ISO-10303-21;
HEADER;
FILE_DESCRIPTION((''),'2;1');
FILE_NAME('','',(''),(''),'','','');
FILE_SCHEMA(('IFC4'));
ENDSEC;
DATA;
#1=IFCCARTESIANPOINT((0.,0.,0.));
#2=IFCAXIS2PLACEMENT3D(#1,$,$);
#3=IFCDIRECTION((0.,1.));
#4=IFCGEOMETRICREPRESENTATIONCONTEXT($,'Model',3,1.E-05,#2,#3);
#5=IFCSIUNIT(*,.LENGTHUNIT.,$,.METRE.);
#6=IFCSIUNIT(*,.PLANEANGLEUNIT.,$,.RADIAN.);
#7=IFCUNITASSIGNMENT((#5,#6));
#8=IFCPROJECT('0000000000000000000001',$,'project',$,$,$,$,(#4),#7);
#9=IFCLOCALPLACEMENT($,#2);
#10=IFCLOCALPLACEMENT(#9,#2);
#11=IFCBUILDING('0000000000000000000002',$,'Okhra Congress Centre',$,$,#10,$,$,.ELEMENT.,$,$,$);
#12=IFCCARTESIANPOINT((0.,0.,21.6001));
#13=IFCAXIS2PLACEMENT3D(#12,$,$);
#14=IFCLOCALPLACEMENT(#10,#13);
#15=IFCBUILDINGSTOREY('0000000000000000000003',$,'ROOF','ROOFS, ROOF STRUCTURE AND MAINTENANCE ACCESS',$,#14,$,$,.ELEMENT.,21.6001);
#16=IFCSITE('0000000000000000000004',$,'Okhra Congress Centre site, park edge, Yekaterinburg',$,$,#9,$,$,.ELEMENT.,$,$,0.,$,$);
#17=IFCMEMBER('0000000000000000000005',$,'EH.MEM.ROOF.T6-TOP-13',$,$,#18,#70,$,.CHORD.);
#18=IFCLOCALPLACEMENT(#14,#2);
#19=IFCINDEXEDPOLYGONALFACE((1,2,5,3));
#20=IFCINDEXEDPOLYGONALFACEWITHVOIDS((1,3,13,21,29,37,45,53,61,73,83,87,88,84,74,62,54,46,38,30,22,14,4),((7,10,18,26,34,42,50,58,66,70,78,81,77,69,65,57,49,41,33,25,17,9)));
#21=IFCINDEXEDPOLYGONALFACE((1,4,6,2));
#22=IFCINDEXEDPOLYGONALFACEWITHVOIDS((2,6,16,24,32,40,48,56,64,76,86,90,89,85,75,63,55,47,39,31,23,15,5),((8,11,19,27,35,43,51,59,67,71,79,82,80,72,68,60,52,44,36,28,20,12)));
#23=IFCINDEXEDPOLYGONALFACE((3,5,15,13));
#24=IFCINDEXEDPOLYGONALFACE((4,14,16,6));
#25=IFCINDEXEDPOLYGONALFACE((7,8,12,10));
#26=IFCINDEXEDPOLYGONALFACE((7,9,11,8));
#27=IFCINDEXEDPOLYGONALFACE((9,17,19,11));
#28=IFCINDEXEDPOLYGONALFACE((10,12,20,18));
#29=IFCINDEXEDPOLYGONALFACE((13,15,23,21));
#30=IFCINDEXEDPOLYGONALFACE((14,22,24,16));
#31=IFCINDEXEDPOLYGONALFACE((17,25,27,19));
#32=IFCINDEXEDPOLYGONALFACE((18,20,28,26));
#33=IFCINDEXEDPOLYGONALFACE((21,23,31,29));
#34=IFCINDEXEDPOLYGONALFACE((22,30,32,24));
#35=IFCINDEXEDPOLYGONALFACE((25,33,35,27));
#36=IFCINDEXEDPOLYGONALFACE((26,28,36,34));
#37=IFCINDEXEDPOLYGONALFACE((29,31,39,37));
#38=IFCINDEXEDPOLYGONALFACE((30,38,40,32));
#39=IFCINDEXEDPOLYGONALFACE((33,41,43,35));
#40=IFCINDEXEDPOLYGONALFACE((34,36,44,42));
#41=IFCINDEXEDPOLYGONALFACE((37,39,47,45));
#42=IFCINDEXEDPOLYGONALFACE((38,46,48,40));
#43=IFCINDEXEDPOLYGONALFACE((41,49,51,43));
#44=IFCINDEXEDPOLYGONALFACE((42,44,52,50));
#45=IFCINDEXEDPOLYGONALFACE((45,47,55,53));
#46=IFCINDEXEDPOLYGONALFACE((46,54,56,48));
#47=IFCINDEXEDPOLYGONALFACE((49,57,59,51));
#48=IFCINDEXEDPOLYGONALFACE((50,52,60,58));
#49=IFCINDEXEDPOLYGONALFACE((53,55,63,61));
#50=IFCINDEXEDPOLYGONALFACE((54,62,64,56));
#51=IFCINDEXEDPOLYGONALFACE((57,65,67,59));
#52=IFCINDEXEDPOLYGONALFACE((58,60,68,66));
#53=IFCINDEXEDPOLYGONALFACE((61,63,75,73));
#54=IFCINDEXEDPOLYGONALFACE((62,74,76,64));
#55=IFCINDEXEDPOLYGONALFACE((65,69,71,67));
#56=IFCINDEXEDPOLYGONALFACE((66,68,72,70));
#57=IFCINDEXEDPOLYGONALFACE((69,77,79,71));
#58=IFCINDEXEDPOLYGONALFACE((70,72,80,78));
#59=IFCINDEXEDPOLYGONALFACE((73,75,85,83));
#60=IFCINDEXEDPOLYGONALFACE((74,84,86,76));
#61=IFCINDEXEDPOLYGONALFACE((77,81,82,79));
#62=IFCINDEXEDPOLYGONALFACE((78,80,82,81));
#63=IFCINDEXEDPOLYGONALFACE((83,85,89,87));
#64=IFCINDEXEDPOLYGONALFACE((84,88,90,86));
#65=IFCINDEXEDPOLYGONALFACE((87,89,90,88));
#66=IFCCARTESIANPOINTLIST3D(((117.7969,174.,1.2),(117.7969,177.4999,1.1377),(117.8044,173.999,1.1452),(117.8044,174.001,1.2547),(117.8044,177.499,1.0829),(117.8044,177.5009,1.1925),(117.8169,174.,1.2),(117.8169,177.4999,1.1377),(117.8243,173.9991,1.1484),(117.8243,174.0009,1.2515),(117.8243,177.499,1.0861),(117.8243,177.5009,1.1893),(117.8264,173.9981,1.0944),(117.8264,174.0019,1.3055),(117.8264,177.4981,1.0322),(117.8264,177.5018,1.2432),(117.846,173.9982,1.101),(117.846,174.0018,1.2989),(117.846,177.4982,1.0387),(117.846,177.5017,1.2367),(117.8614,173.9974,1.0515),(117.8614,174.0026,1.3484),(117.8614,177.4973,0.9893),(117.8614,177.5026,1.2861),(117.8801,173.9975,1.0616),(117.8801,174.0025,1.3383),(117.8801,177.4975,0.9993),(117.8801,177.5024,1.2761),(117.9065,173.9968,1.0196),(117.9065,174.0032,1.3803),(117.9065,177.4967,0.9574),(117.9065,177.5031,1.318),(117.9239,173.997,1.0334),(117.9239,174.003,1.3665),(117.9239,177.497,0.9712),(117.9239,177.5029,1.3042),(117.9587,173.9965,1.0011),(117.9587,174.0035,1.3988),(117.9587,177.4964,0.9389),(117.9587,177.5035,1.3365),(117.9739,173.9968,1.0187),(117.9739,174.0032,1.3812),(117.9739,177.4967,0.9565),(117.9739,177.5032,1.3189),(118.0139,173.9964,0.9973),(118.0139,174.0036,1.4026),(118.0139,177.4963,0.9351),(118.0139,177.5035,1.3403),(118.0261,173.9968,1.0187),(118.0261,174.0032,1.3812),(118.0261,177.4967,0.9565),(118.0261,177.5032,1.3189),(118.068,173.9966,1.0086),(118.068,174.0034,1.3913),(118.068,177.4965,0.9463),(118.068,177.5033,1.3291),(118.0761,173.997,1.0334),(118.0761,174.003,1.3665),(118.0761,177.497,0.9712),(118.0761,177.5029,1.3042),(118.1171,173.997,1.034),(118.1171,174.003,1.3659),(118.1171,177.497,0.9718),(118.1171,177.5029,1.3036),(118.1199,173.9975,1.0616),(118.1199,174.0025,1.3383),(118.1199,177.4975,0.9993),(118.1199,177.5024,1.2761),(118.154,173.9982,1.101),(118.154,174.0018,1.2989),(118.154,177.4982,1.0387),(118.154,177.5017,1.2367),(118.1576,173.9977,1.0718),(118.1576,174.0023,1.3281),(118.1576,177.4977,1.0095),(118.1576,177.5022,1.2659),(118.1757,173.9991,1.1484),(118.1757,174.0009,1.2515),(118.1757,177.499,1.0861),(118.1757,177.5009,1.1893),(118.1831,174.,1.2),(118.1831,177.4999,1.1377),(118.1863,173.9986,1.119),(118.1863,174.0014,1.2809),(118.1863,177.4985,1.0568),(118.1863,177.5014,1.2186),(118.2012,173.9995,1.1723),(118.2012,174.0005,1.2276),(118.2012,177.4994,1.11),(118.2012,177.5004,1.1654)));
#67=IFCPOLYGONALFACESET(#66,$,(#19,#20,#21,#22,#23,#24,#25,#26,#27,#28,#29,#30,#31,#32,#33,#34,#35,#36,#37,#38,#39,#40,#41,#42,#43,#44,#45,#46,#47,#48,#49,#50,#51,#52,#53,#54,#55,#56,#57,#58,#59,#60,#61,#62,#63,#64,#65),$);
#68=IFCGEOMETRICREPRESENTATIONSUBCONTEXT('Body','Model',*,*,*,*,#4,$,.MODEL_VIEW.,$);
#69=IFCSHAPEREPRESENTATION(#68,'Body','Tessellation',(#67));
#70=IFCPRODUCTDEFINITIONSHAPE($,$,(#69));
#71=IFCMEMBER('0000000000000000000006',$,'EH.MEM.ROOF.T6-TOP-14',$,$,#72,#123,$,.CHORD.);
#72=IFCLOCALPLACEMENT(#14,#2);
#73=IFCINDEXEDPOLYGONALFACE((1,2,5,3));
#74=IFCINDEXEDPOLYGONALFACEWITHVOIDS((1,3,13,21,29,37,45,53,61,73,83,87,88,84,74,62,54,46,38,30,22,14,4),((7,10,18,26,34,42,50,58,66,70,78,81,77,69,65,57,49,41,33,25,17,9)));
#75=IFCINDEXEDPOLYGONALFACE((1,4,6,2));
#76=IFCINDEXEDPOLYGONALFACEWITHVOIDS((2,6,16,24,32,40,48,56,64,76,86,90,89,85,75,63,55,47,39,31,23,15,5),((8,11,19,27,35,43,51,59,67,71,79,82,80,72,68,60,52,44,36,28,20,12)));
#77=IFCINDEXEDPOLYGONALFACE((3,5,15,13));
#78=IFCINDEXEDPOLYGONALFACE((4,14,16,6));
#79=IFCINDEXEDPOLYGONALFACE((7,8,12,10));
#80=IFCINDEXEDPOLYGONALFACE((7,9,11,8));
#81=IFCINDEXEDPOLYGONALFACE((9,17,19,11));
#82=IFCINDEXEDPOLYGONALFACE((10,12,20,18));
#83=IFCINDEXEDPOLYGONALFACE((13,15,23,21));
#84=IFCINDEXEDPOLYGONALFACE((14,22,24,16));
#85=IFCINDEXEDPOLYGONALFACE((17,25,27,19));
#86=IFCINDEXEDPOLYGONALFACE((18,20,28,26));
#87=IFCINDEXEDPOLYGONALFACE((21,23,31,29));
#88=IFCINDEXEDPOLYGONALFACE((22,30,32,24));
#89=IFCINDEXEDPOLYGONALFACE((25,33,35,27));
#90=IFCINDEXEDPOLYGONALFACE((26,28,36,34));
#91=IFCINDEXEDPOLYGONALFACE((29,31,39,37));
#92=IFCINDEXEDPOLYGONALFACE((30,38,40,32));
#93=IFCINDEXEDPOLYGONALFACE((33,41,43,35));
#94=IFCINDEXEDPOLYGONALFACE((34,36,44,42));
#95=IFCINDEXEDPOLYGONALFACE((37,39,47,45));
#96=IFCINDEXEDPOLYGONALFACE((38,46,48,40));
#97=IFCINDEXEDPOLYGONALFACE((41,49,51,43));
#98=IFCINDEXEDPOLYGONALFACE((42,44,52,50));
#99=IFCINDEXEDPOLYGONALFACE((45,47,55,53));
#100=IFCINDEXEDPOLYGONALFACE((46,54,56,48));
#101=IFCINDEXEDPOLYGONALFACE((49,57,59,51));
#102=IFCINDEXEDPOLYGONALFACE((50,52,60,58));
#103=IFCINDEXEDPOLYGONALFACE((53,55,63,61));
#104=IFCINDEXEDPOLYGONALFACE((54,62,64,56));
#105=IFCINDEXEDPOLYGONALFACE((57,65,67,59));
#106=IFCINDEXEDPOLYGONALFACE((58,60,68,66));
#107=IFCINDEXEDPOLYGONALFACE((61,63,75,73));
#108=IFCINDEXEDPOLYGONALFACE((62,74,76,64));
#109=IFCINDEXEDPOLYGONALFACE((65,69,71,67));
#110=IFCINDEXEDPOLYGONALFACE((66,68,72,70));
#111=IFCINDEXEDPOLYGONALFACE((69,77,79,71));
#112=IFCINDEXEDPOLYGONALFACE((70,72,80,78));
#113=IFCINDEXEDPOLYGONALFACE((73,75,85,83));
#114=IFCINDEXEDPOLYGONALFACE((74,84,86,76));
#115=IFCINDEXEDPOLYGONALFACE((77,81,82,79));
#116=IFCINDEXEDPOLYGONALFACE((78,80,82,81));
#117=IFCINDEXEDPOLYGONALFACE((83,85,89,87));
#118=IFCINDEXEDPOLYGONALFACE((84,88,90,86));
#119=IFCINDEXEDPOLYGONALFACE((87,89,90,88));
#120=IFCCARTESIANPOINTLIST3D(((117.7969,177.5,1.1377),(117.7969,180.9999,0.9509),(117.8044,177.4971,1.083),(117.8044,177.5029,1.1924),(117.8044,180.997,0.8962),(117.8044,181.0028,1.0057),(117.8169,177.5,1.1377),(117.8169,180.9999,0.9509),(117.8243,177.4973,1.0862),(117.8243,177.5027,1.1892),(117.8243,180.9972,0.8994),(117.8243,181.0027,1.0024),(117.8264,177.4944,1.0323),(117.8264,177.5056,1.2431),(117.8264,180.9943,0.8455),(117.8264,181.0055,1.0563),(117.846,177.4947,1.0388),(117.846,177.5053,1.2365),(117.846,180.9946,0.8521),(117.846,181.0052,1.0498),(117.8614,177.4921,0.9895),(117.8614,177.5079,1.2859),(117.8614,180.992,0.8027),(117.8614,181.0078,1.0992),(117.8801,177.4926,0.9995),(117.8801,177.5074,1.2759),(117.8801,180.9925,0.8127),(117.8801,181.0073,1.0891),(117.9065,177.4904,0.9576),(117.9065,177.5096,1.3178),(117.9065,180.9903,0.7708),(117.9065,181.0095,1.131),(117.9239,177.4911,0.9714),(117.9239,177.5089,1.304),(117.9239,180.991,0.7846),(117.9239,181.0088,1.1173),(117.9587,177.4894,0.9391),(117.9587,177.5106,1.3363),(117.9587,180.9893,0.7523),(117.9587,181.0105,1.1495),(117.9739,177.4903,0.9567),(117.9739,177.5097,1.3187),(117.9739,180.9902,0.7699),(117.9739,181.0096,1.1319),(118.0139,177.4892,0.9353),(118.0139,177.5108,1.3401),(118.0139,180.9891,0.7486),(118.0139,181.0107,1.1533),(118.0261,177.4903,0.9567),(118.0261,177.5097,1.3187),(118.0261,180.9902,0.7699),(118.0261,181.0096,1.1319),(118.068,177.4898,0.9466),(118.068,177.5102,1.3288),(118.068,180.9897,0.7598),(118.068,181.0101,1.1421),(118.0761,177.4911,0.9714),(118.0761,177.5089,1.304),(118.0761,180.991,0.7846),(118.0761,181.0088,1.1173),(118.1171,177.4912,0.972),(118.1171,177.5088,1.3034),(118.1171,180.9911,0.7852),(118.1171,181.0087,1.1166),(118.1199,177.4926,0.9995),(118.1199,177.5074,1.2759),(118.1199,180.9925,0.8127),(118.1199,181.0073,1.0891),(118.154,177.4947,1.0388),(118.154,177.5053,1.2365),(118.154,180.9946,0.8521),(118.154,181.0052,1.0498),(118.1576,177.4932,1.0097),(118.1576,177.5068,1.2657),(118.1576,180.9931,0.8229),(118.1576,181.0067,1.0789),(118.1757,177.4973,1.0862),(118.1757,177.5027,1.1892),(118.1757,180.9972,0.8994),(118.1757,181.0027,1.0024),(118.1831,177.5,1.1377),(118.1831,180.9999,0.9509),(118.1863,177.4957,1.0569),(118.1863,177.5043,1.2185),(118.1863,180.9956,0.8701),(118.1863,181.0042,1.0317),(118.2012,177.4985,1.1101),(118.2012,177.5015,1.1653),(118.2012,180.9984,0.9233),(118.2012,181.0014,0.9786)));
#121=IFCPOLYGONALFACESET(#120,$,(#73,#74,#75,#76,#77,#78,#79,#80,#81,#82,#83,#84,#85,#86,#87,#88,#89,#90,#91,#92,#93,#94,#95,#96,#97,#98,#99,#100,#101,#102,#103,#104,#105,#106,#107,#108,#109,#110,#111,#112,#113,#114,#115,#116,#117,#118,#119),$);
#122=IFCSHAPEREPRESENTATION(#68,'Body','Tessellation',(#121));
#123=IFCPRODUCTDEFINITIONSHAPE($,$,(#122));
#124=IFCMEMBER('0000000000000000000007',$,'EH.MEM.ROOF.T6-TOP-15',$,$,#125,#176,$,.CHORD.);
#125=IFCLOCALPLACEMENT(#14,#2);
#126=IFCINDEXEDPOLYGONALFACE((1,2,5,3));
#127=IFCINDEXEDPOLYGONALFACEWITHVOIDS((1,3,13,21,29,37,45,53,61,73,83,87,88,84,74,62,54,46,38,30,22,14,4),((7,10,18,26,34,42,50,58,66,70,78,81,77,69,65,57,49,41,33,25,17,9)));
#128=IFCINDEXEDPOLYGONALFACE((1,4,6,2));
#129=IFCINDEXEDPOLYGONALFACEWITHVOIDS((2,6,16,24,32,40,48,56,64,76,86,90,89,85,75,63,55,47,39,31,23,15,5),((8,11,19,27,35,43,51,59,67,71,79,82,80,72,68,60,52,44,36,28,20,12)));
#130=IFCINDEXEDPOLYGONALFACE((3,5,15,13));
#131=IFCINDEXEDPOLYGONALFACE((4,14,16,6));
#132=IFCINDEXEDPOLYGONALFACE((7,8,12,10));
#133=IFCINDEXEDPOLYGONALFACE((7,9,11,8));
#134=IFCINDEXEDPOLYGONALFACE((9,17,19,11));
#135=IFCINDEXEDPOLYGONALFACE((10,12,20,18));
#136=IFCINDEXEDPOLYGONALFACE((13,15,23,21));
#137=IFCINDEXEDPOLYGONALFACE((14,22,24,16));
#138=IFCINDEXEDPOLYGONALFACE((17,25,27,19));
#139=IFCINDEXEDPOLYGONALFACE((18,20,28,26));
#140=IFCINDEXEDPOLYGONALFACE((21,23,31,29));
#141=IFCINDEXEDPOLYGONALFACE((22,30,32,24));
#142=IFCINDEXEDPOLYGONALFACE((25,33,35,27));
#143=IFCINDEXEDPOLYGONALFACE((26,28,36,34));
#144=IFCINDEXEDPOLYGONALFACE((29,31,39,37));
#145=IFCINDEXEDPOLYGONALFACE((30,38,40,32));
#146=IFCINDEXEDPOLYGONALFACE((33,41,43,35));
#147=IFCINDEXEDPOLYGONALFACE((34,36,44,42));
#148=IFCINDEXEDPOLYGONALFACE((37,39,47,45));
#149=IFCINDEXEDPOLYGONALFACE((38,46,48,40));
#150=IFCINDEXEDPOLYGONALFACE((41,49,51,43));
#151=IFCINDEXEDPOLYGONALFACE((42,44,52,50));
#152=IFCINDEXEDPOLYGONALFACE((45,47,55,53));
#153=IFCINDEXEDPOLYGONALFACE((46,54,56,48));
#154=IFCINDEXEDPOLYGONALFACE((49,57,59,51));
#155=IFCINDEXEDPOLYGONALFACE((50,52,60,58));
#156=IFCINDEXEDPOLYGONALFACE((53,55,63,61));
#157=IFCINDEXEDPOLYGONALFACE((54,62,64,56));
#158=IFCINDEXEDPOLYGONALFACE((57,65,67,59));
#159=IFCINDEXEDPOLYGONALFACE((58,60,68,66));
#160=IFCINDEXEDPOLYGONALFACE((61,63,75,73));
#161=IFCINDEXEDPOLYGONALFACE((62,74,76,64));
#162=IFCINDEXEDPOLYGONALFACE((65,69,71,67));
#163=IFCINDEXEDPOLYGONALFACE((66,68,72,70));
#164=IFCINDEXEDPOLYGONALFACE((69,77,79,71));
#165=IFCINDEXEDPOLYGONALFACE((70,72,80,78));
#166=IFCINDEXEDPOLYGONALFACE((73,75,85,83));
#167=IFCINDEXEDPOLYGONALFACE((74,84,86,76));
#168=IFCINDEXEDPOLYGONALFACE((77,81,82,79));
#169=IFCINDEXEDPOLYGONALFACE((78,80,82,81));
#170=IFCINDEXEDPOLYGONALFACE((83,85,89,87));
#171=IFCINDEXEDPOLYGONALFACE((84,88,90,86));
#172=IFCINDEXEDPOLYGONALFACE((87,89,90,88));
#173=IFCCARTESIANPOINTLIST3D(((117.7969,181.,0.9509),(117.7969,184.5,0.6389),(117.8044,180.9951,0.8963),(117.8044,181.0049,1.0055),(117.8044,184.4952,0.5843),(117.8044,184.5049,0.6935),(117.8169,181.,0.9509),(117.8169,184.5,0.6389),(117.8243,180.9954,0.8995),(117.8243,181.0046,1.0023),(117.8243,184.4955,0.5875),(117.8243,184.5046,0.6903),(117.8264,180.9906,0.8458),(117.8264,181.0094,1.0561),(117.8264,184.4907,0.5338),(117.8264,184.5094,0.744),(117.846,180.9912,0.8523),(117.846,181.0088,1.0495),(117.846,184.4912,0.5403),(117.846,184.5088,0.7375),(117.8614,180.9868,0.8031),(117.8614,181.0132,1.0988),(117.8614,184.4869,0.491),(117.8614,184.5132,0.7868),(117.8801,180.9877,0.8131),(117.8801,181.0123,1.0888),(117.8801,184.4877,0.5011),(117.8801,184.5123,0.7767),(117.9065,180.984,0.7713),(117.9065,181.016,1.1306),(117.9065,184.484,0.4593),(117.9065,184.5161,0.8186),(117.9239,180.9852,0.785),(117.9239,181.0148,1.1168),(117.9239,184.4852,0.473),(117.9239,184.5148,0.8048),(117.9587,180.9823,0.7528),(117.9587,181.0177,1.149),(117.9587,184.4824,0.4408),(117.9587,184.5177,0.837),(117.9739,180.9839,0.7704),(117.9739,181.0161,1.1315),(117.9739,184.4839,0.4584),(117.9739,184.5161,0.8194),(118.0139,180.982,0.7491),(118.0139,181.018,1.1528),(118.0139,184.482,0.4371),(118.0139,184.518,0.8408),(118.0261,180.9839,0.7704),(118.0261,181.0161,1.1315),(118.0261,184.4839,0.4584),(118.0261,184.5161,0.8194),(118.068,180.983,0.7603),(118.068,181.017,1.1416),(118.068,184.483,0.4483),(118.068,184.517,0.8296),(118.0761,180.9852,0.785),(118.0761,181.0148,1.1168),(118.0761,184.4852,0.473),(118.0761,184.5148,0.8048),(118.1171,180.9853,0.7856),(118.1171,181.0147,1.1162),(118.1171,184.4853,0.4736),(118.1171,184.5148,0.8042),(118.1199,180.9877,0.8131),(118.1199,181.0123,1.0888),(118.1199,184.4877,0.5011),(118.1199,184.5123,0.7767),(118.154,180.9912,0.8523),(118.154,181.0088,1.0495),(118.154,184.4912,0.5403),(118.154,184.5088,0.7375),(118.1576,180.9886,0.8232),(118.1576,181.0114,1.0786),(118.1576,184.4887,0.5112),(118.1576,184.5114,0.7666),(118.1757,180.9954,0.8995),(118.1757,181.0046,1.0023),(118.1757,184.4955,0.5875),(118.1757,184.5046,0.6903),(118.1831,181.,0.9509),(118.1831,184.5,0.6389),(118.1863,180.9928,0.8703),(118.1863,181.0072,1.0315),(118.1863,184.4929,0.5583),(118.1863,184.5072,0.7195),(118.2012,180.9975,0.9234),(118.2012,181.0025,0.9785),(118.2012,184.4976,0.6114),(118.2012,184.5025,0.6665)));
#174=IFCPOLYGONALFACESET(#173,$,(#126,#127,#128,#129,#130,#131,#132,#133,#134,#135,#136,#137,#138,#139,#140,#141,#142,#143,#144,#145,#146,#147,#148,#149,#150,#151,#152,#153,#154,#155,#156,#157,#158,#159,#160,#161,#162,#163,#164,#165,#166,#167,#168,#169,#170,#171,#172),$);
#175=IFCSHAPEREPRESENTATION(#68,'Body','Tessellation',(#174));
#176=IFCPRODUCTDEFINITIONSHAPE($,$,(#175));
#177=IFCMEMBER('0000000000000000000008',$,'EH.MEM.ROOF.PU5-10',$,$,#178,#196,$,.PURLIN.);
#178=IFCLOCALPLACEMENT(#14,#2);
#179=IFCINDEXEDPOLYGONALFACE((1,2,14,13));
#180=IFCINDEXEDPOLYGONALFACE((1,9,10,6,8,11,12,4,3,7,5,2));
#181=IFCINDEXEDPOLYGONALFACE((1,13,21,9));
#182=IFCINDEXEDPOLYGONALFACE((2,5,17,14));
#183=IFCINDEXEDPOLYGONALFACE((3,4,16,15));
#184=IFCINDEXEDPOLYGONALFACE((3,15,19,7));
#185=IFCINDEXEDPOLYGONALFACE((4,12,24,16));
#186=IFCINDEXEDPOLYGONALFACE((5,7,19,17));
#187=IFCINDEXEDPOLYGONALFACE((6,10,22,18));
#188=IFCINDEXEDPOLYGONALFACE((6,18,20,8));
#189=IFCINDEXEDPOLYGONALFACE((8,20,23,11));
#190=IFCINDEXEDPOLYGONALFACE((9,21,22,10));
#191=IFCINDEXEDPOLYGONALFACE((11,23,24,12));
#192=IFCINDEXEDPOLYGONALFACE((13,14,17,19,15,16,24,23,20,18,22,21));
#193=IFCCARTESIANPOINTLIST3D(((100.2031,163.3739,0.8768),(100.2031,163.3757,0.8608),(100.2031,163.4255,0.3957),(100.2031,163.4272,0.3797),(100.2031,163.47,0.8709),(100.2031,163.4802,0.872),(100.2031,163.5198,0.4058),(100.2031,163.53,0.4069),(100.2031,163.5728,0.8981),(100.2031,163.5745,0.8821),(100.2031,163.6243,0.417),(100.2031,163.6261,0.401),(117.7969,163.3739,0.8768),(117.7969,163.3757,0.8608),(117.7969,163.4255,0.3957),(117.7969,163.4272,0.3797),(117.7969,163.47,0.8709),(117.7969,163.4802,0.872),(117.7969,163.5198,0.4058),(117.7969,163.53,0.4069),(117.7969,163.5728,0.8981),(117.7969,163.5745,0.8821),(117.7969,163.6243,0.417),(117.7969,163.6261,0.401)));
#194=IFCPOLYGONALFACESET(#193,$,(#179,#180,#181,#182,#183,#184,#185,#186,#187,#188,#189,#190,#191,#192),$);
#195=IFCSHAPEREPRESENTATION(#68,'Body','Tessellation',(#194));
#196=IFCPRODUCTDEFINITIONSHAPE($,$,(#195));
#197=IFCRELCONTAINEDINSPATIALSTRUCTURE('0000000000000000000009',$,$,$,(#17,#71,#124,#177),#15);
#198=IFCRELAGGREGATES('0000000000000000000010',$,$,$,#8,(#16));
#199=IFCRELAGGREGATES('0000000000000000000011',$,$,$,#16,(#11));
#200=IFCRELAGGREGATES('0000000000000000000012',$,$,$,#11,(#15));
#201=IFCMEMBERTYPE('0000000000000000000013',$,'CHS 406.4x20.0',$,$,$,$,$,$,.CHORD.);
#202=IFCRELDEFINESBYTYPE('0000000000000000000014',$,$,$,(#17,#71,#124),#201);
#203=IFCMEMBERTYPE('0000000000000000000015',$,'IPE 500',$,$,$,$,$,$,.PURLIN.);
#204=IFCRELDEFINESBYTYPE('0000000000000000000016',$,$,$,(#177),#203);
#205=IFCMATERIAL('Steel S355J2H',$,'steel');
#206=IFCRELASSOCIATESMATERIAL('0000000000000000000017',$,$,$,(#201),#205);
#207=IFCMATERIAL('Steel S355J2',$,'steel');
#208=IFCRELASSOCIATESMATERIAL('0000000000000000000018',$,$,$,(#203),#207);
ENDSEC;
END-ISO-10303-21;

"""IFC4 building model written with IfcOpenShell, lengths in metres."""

from ifc_helpers import new_model, si_unit, direction, frame, origin, origin_2d, place, context, subcontext, project, spatial, hollow_circle, i_section, extrude, material, material_profile, profile_set, type_object, element, save


model = new_model("IFC4")

# Units and contexts
model_context = context("Model", 3, precision=1e-05, world=origin(), true_north=direction((0.0, 1.0)))
body_context = subcontext(model_context, "Body", "Model", "MODEL_VIEW")
ifc_project = project(units=[si_unit("LENGTHUNIT", "METRE"), si_unit("PLANEANGLEUNIT", "RADIAN")], contexts=[model_context])

# Site, building, storey
site_placement = place(None, origin())
site = spatial("IfcSite", under=ifc_project, at=site_placement, Name="Okhra Congress Centre site, park edge, Yekaterinburg", CompositionType="ELEMENT", RefElevation=0.0)
building_placement = place(site_placement, origin())
building = spatial("IfcBuilding", under=site, at=building_placement, Name="Okhra Congress Centre", CompositionType="ELEMENT")
storey_placement = place(building_placement, frame((0.0, 0.0, 21.6001)))
storey = spatial("IfcBuildingStorey", under=building, at=storey_placement, Name="ROOF", Description="ROOFS, ROOF STRUCTURE AND MAINTENANCE ACCESS", CompositionType="ELEMENT", Elevation=21.6001)

# Members
ifc_material_1 = material(Name="Steel S355J2H", Category="steel")
ifc_material_profile_1 = material_profile(ifc_material_1, hollow_circle(Radius=0.2031, WallThickness=0.02, at=origin_2d()), Name="CHS 406.4x20.0")
ifc_profile_set_1 = profile_set([ifc_material_profile_1], Name="Steel S355J2H")
member_type_1 = type_object("IfcMemberType", Name="CHS 406.4x20.0", PredefinedType="CHORD", material=ifc_profile_set_1)
for number, where, z_axis, x_axis, name in (
    (1, (118.0, 174.0, 1.2), (0.0, 0.999842, -0.017785), (-1.0, 0.0, 0.0), "EH.MEM.ROOF.T6-TOP-13"),
):
    element("IfcMember", number, at=place(storey_placement, frame(where, z_axis=z_axis, x_axis=x_axis)), inside=storey, type_object=member_type_1, Name=name, PredefinedType="CHORD", context=body_context, shape_type="SweptSolid", body=[
        extrude(hollow_circle(Radius=0.2031, WallThickness=0.02, at=origin_2d()), origin(), (0.0, 0.0, 1.0), 3.5005),
    ])
member_1_placement = place(storey_placement, frame((118.0, 177.5, 1.1377), z_axis=(0.0, 0.998579, -0.053286), x_axis=(-1.0, 0.0, 0.0)))
element("IfcMember", 2, at=member_1_placement, inside=storey, type_object=member_type_1, Name="EH.MEM.ROOF.T6-TOP-14", PredefinedType="CHORD", context=body_context, shape_type="SweptSolid", body=[
    extrude(hollow_circle(Radius=0.2031, WallThickness=0.02, at=origin_2d()), origin(), (0.0, 0.0, 1.0), 3.5049),
])
member_2_placement = place(storey_placement, frame((118.0, 181.0, 0.9509), z_axis=(0.0, 0.99605, -0.088794), x_axis=(-1.0, 0.0, 0.0)))
element("IfcMember", 3, at=member_2_placement, inside=storey, type_object=member_type_1, Name="EH.MEM.ROOF.T6-TOP-15", PredefinedType="CHORD", context=body_context, shape_type="SweptSolid", body=[
    extrude(hollow_circle(Radius=0.2031, WallThickness=0.02, at=origin_2d()), origin(), (0.0, 0.0, 1.0), 3.5139),
])
ifc_material_2 = material(Name="Steel S355J2", Category="steel")
ifc_material_profile_2 = material_profile(ifc_material_2, i_section(OverallWidth=0.2, OverallDepth=0.5, WebThickness=0.0103, FlangeThickness=0.0161, at=origin_2d()), Name="IPE 500")
ifc_profile_set_2 = profile_set([ifc_material_profile_2], Name="Steel S355J2")
member_type_2 = type_object("IfcMemberType", Name="IPE 500", PredefinedType="PURLIN", material=ifc_profile_set_2)
for number, where, z_axis, x_axis, name in (
    (4, (100.2031, 163.5, 0.6389), (1.0, 0.0, 0.0), (0.0, 0.994302, 0.106601), "EH.MEM.ROOF.PU5-10"),
):
    element("IfcMember", number, at=place(storey_placement, frame(where, z_axis=z_axis, x_axis=x_axis)), inside=storey, type_object=member_type_2, Name=name, PredefinedType="PURLIN", context=body_context, shape_type="SweptSolid", body=[
        extrude(i_section(OverallWidth=0.2, OverallDepth=0.5, WebThickness=0.0103, FlangeThickness=0.0161, at=origin_2d()), origin(), (0.0, 0.0, 1.0), 17.5938),
    ])

save(model, "model.ifc")
